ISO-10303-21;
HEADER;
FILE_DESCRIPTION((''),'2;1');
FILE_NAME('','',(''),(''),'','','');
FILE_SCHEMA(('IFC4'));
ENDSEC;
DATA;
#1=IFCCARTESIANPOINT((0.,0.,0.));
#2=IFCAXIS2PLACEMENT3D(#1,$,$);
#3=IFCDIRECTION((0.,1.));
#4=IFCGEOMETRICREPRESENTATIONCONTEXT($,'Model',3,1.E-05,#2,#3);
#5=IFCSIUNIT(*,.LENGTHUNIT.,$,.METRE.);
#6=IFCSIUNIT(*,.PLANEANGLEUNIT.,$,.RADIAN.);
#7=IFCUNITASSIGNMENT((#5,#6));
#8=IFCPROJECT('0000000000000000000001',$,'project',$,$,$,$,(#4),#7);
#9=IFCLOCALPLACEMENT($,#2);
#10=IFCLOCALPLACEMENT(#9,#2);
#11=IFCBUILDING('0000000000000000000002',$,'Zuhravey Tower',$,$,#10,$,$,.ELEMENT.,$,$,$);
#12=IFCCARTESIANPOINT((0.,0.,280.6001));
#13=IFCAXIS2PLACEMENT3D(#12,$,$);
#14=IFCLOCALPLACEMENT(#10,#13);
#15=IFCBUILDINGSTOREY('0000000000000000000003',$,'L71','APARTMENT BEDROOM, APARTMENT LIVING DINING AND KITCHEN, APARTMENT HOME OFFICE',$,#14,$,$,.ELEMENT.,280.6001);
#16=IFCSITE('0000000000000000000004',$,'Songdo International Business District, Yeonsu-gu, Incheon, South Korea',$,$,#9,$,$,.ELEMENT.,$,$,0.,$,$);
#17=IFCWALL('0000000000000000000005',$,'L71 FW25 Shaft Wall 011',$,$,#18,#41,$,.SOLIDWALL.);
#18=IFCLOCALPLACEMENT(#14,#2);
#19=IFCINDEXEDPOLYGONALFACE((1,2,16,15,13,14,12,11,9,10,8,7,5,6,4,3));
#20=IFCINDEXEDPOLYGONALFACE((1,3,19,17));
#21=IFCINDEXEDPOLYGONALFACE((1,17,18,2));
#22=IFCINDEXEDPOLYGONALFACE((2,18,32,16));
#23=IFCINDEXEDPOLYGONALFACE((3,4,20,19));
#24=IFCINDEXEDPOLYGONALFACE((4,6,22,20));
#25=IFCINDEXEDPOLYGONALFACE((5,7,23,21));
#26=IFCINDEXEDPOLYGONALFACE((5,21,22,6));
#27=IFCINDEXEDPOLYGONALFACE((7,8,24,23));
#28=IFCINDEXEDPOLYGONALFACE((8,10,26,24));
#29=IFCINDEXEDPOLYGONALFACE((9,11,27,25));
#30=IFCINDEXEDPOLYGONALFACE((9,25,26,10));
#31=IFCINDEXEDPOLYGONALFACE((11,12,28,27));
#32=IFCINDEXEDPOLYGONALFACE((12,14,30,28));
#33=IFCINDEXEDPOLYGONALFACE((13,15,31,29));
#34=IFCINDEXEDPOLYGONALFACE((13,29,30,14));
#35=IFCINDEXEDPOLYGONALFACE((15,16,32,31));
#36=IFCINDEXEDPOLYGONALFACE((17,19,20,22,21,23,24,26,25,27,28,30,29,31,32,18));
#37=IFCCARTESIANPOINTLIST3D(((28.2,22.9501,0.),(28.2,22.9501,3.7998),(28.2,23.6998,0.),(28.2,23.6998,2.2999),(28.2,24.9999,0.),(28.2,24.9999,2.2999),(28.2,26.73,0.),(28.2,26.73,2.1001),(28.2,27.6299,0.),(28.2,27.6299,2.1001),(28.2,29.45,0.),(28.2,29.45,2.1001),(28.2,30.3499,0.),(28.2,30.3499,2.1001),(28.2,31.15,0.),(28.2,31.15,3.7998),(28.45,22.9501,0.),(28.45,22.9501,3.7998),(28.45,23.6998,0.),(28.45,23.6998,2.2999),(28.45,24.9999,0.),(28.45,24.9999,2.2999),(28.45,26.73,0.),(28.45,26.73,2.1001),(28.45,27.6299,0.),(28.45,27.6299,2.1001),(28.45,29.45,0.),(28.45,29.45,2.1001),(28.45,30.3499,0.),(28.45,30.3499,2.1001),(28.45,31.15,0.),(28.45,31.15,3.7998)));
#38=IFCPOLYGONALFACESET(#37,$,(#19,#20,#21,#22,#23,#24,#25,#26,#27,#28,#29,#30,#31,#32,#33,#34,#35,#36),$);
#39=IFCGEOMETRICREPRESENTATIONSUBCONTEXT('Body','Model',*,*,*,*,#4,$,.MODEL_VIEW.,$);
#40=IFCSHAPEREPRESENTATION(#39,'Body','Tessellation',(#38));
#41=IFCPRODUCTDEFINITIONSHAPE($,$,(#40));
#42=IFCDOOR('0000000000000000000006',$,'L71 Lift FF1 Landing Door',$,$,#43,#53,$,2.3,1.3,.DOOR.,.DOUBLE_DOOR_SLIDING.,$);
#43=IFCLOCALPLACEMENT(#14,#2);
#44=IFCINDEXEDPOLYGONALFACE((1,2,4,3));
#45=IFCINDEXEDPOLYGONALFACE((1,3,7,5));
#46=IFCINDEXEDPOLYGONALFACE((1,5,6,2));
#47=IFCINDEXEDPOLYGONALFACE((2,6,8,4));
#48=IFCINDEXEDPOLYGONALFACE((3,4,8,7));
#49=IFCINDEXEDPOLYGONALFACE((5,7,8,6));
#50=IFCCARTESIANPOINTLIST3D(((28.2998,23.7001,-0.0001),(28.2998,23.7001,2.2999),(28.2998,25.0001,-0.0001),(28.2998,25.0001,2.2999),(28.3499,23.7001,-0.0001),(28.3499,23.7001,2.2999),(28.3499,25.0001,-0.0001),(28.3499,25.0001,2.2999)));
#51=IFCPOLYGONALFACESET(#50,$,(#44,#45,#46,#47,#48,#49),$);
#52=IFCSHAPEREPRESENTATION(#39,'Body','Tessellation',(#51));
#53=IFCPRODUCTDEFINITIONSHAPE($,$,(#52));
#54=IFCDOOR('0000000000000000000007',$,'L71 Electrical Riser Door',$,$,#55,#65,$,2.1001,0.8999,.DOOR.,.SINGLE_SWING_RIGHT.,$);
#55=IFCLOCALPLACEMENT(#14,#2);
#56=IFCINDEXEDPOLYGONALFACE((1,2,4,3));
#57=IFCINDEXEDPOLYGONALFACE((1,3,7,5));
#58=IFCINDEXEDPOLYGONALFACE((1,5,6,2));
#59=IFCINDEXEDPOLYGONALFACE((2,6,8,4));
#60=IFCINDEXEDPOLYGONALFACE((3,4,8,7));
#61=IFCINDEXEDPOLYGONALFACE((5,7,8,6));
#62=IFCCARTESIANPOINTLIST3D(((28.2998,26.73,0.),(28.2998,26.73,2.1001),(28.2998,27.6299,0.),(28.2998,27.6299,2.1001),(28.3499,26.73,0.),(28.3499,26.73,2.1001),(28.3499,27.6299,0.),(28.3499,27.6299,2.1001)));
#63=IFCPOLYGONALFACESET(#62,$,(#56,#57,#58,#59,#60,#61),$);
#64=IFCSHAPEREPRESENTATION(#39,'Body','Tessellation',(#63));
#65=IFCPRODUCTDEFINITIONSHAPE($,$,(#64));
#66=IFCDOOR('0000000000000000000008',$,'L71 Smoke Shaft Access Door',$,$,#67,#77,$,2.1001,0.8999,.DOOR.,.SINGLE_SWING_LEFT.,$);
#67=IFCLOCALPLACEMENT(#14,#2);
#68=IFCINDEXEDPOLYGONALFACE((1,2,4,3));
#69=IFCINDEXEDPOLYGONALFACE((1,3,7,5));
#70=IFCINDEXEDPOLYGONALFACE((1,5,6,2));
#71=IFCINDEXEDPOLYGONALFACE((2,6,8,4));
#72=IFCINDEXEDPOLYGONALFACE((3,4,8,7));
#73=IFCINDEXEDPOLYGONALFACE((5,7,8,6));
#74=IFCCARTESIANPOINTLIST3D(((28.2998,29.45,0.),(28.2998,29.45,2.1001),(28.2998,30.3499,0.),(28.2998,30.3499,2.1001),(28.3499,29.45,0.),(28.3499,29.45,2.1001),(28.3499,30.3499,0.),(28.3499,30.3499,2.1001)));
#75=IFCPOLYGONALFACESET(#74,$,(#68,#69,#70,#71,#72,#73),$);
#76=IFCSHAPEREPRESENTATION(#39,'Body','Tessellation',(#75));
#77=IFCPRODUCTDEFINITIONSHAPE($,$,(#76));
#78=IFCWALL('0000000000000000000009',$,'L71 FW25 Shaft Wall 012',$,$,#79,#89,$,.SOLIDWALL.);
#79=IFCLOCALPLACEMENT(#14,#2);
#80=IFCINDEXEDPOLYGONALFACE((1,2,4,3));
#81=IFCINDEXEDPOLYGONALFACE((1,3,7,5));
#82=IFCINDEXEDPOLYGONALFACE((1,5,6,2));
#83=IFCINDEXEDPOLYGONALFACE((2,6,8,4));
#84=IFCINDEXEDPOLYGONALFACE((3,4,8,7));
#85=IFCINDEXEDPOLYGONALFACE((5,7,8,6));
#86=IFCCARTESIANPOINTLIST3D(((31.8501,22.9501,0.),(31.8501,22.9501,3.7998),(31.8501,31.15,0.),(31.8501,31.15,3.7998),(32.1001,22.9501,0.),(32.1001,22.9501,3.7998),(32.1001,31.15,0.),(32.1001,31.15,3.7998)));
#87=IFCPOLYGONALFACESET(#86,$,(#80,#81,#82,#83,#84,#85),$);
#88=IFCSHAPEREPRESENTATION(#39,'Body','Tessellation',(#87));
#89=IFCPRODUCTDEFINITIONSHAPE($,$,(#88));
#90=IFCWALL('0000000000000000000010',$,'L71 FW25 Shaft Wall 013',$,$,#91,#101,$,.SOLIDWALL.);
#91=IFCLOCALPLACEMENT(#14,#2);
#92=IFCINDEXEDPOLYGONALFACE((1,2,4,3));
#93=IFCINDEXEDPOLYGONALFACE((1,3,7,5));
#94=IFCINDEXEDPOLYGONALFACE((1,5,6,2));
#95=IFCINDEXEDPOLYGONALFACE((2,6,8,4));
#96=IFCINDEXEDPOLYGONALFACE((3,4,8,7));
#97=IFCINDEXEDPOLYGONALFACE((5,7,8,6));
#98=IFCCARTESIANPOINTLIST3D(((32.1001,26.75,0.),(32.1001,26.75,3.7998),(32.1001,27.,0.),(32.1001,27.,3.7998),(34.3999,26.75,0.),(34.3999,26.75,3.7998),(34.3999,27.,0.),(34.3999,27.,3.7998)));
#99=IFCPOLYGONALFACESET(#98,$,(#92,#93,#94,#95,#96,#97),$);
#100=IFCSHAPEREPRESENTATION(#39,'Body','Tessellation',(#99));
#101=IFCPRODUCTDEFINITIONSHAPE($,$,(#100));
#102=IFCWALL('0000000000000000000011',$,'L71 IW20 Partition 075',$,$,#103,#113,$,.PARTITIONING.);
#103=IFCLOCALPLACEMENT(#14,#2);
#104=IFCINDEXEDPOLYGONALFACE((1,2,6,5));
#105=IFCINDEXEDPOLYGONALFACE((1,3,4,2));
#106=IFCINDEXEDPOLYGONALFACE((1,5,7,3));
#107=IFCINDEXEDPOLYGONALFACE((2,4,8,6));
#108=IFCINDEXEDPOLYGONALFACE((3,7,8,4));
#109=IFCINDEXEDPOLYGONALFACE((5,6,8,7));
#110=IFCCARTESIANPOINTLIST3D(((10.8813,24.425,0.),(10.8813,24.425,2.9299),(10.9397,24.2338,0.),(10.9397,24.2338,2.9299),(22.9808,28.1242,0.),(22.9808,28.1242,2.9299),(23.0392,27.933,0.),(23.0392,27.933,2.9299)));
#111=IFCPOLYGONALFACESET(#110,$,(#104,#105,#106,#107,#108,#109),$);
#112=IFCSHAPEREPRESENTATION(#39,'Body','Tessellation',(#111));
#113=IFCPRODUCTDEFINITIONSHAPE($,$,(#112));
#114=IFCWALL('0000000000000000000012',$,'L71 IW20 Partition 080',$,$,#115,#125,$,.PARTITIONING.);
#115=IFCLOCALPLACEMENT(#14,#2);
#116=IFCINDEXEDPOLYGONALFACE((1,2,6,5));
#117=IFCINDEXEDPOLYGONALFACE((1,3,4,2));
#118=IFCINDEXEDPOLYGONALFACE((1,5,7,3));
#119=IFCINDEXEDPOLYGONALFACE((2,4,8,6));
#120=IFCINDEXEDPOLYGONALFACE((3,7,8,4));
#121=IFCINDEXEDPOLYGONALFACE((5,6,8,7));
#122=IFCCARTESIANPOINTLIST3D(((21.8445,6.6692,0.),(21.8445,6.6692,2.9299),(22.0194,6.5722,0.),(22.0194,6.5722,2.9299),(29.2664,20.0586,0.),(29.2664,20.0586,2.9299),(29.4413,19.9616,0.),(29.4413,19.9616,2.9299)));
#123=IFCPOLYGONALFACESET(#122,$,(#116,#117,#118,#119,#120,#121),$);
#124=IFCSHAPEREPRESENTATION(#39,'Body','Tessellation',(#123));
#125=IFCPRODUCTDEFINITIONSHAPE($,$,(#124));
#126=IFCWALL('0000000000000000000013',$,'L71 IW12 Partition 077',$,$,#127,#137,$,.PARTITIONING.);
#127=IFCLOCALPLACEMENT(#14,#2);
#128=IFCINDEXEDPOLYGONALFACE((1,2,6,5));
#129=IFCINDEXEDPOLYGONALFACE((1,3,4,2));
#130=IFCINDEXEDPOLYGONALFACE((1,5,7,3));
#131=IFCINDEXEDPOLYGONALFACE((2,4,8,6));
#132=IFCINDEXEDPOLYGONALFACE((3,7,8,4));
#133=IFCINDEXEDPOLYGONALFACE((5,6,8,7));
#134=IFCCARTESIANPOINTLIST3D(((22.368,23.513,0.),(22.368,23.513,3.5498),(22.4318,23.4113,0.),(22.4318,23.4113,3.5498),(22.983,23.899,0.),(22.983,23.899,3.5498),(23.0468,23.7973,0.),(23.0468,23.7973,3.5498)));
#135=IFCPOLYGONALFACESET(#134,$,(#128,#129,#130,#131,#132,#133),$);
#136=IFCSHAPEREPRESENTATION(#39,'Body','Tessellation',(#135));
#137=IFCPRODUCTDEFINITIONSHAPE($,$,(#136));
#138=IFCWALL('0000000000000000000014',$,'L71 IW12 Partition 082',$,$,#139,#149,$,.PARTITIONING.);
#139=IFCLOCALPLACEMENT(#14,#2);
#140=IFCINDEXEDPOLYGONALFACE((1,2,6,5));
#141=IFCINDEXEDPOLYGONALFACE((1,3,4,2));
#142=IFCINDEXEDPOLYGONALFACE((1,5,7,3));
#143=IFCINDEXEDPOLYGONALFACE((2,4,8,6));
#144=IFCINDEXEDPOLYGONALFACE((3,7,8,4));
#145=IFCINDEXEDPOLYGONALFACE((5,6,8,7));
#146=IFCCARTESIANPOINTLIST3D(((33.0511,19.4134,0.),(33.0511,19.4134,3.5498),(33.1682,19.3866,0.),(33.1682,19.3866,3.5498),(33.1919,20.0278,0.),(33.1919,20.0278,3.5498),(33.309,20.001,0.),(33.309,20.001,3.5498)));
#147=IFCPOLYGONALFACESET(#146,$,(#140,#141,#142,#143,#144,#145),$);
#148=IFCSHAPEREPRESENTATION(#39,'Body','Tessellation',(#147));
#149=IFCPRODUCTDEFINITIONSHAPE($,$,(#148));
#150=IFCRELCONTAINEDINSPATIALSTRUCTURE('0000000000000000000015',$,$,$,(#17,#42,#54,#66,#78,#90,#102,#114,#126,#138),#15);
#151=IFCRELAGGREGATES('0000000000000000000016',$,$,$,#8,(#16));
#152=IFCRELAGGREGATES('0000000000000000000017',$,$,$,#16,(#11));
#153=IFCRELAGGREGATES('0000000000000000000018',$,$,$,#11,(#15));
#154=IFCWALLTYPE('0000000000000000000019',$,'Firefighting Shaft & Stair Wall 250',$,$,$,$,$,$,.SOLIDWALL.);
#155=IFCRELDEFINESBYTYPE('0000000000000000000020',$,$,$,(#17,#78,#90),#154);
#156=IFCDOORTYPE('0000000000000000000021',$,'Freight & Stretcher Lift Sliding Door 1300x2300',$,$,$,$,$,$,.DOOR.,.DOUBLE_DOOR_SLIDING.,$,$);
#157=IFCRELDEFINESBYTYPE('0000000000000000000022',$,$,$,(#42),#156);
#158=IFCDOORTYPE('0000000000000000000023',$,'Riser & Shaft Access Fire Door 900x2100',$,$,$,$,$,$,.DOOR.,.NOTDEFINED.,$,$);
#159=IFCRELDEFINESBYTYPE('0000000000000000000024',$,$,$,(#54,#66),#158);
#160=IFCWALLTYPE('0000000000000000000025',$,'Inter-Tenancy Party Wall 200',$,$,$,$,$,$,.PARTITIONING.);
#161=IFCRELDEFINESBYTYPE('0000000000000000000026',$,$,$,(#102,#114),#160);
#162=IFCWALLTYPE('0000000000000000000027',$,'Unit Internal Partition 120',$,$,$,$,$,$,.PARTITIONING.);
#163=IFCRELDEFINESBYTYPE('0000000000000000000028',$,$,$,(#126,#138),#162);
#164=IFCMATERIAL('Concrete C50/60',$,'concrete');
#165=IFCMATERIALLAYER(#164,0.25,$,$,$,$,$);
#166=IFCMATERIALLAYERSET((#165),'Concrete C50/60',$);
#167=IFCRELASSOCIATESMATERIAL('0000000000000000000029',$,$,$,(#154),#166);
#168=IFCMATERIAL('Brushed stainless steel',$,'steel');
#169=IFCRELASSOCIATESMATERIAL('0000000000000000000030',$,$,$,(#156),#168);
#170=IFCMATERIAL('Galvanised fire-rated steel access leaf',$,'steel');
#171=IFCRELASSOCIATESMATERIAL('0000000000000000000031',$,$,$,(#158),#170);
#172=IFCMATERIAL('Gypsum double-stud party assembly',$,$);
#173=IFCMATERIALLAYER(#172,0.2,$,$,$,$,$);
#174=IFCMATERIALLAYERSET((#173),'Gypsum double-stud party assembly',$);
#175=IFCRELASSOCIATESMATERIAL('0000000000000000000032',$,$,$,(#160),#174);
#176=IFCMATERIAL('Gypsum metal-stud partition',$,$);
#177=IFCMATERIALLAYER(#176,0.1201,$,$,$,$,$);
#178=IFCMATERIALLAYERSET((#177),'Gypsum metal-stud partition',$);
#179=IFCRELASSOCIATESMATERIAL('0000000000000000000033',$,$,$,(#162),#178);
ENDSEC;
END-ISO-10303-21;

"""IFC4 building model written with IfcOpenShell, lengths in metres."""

from ifc_helpers import new_model, si_unit, direction, frame, frame_2d, origin, place, context, subcontext, project, spatial, rectangle, extrude, material, layer, layer_set, type_object, element, fill, save


model = new_model("IFC4")

# Units and contexts
model_context = context("Model", 3, precision=1e-05, world=origin(), true_north=direction((0.0, 1.0)))
body_context = subcontext(model_context, "Body", "Model", "MODEL_VIEW")
ifc_project = project(units=[si_unit("LENGTHUNIT", "METRE"), si_unit("PLANEANGLEUNIT", "RADIAN")], contexts=[model_context])

# Site, building, storey
site_placement = place(None, origin())
site = spatial("IfcSite", under=ifc_project, at=site_placement, Name="Songdo International Business District, Yeonsu-gu, Incheon, South Korea", CompositionType="ELEMENT", RefElevation=0.0)
building_placement = place(site_placement, origin())
building = spatial("IfcBuilding", under=site, at=building_placement, Name="Zuhravey Tower", CompositionType="ELEMENT")
storey_placement = place(building_placement, frame((0.0, 0.0, 280.6001)))
storey = spatial("IfcBuildingStorey", under=building, at=storey_placement, Name="L71", Description="APARTMENT BEDROOM, APARTMENT LIVING DINING AND KITCHEN, APARTMENT HOME OFFICE", CompositionType="ELEMENT", Elevation=280.6001)

# Shared definitions
ifc_material_1 = material(Name="Concrete C50/60", Category="concrete")

# Shared definitions
ifc_layer_1 = layer(ifc_material_1, 0.25)
ifc_layer_set_1 = layer_set([ifc_layer_1], Name="Concrete C50/60")
wall_type_1 = type_object("IfcWallType", Name="Firefighting Shaft & Stair Wall 250", PredefinedType="SOLIDWALL", material=ifc_layer_set_1)

# Wall, openings, doors
wall_1_placement = place(storey_placement, frame((28.325, 22.95, 0.0), z_axis=(0.0, 0.0, 1.0), x_axis=(0.0, 1.0, 0.0)))
wall_1 = element("IfcWall", 1, at=wall_1_placement, inside=storey, type_object=wall_type_1, Name="L71 FW25 Shaft Wall 011", PredefinedType="SOLIDWALL", context=body_context, shape_type="SweptSolid", body=[
    extrude(rectangle(XDim=8.2, YDim=0.25, at=frame_2d((4.1001, 0.0))), origin(), (0.0, 0.0, 1.0), 3.7998),
])
opening_1_placement = place(wall_1_placement, frame((0.75, 0.0, 0.0)))
opening_1 = element("IfcOpeningElement", 2, at=opening_1_placement, cuts=wall_1, PredefinedType="OPENING", context=body_context, shape_type="SweptSolid", body=[
    extrude(rectangle(XDim=1.3, YDim=2.3, at=frame_2d((0.6499, 1.1499))), frame((0.0, 0.137, 0.0), z_axis=(0.0, -1.0, 0.0), x_axis=(1.0, 0.0, 0.0)), (0.0, 0.0, 1.0), 0.2739),
])
opening_2_placement = place(wall_1_placement, frame((3.78, 0.0, 0.0)))
opening_2 = element("IfcOpeningElement", 3, at=opening_2_placement, cuts=wall_1, PredefinedType="OPENING", context=body_context, shape_type="SweptSolid", body=[
    extrude(rectangle(XDim=0.8999, YDim=2.1001, at=frame_2d((0.45, 1.05))), frame((0.0, 0.137, 0.0), z_axis=(0.0, -1.0, 0.0), x_axis=(1.0, 0.0, 0.0)), (0.0, 0.0, 1.0), 0.2739),
])
opening_3_placement = place(wall_1_placement, frame((6.5, 0.0, 0.0)))
opening_3 = element("IfcOpeningElement", 4, at=opening_3_placement, cuts=wall_1, PredefinedType="OPENING", context=body_context, shape_type="SweptSolid", body=[
    extrude(rectangle(XDim=0.8999, YDim=2.1001, at=frame_2d((0.45, 1.05))), frame((0.0, 0.137, 0.0), z_axis=(0.0, -1.0, 0.0), x_axis=(1.0, 0.0, 0.0)), (0.0, 0.0, 1.0), 0.2739),
])
ifc_material_2 = material(Name="Brushed stainless steel", Category="steel")
door_type_1 = type_object("IfcDoorType", Name="Freight & Stretcher Lift Sliding Door 1300x2300", OperationType="DOUBLE_DOOR_SLIDING", PredefinedType="DOOR", material=ifc_material_2)
door_1_placement = place(opening_1_placement, frame((1.3, 0.0, 0.0), z_axis=(0.0, 0.0, 1.0), x_axis=(-1.0, 0.0, 0.0)))
door_1 = element("IfcDoor", 5, at=door_1_placement, inside=storey, type_object=door_type_1, Name="L71 Lift FF1 Landing Door", OperationType="DOUBLE_DOOR_SLIDING", OverallHeight=2.3, OverallWidth=1.3, PredefinedType="DOOR", context=body_context, shape_type="SweptSolid", body=[
    extrude(rectangle(XDim=1.3, YDim=2.3, at=frame_2d((0.6499, 1.1499))), frame((0.0, 0.0249, 0.0), z_axis=(0.0, -1.0, 0.0), x_axis=(1.0, 0.0, 0.0)), (0.0, 0.0, 1.0), 0.05),
])
fill(opening_1, door_1)
ifc_material_3 = material(Name="Galvanised fire-rated steel access leaf", Category="steel")
door_type_2 = type_object("IfcDoorType", Name="Riser & Shaft Access Fire Door 900x2100", OperationType="NOTDEFINED", PredefinedType="DOOR", material=ifc_material_3)
door_2_placement = place(opening_2_placement, frame((0.8999, 0.0, 0.0), z_axis=(0.0, 0.0, 1.0), x_axis=(-1.0, 0.0, 0.0)))
door_2 = element("IfcDoor", 6, at=door_2_placement, inside=storey, type_object=door_type_2, Name="L71 Electrical Riser Door", OperationType="SINGLE_SWING_RIGHT", OverallHeight=2.1001, OverallWidth=0.8999, PredefinedType="DOOR", context=body_context, shape_type="SweptSolid", body=[
    extrude(rectangle(XDim=0.8999, YDim=2.1001, at=frame_2d((0.45, 1.05))), frame((0.0, 0.0249, 0.0), z_axis=(0.0, -1.0, 0.0), x_axis=(1.0, 0.0, 0.0)), (0.0, 0.0, 1.0), 0.05),
])
fill(opening_2, door_2)
door_3_placement = place(opening_3_placement, frame((0.8999, 0.0, 0.0), z_axis=(0.0, 0.0, 1.0), x_axis=(-1.0, 0.0, 0.0)))
door_3 = element("IfcDoor", 7, at=door_3_placement, inside=storey, type_object=door_type_2, Name="L71 Smoke Shaft Access Door", OperationType="SINGLE_SWING_LEFT", OverallHeight=2.1001, OverallWidth=0.8999, PredefinedType="DOOR", context=body_context, shape_type="SweptSolid", body=[
    extrude(rectangle(XDim=0.8999, YDim=2.1001, at=frame_2d((0.45, 1.05))), frame((0.0, 0.0249, 0.0), z_axis=(0.0, -1.0, 0.0), x_axis=(1.0, 0.0, 0.0)), (0.0, 0.0, 1.0), 0.05),
])
fill(opening_3, door_3)

# Walls
wall_2_placement = place(storey_placement, frame((31.9751, 22.95, 0.0), z_axis=(0.0, 0.0, 1.0), x_axis=(0.0, 1.0, 0.0)))
element("IfcWall", 8, at=wall_2_placement, inside=storey, type_object=wall_type_1, Name="L71 FW25 Shaft Wall 012", PredefinedType="SOLIDWALL", context=body_context, shape_type="SweptSolid", body=[
    extrude(rectangle(XDim=8.2, YDim=0.25, at=frame_2d((4.1001, 0.0))), origin(), (0.0, 0.0, 1.0), 3.7998),
])
wall_3_placement = place(storey_placement, frame((32.1001, 26.875, 0.0), z_axis=(0.0, 0.0, 1.0), x_axis=(1.0, 0.0, 0.0)))
element("IfcWall", 9, at=wall_3_placement, inside=storey, type_object=wall_type_1, Name="L71 FW25 Shaft Wall 013", PredefinedType="SOLIDWALL", context=body_context, shape_type="SweptSolid", body=[
    extrude(rectangle(XDim=2.2998, YDim=0.25, at=frame_2d((1.1499, 0.0))), origin(), (0.0, 0.0, 1.0), 3.7998),
])
ifc_material_4 = material(Name="Gypsum double-stud party assembly")
ifc_layer_2 = layer(ifc_material_4, 0.2)
ifc_layer_set_2 = layer_set([ifc_layer_2], Name="Gypsum double-stud party assembly")
wall_type_2 = type_object("IfcWallType", Name="Inter-Tenancy Party Wall 200", PredefinedType="PARTITIONING", material=ifc_layer_set_2)
wall_4_placement = place(storey_placement, frame((23.01, 28.0286, 0.0), z_axis=(0.0, 0.0, 1.0), x_axis=(-0.956305, -0.292371, 0.0)))
element("IfcWall", 10, at=wall_4_placement, inside=storey, type_object=wall_type_2, Name="L71 IW20 Partition 075", PredefinedType="PARTITIONING", context=body_context, shape_type="SweptSolid", body=[
    extrude(rectangle(XDim=12.6523, YDim=0.2, at=frame_2d((6.3262, 0.0))), origin(), (0.0, 0.0, 1.0), 2.9299),
])
wall_5_placement = place(storey_placement, frame((29.3538, 20.01, 0.0), z_axis=(0.0, 0.0, 1.0), x_axis=(-0.48481, -0.87462, 0.0)))
element("IfcWall", 11, at=wall_5_placement, inside=storey, type_object=wall_type_2, Name="L71 IW20 Partition 080", PredefinedType="PARTITIONING", context=body_context, shape_type="SweptSolid", body=[
    extrude(rectangle(XDim=15.3088, YDim=0.2, at=frame_2d((7.6543, 0.0))), origin(), (0.0, 0.0, 1.0), 2.9299),
])
ifc_material_5 = material(Name="Gypsum metal-stud partition")
ifc_layer_3 = layer(ifc_material_5, 0.1201)
ifc_layer_set_3 = layer_set([ifc_layer_3], Name="Gypsum metal-stud partition")
wall_type_3 = type_object("IfcWallType", Name="Unit Internal Partition 120", PredefinedType="PARTITIONING", material=ifc_layer_set_3)
wall_6_placement = place(storey_placement, frame((23.0149, 23.8481, 0.0), z_axis=(0.0, 0.0, 1.0), x_axis=(-0.846996, -0.5316, 0.0)))
element("IfcWall", 12, at=wall_6_placement, inside=storey, type_object=wall_type_3, Name="L71 IW12 Partition 077", PredefinedType="PARTITIONING", context=body_context, shape_type="SweptSolid", body=[
    extrude(rectangle(XDim=0.7261, YDim=0.1201, at=frame_2d((0.363, 0.0))), origin(), (0.0, 0.0, 1.0), 3.5498),
])
wall_7_placement = place(storey_placement, frame((33.2505, 20.0144, 0.0), z_axis=(0.0, 0.0, 1.0), x_axis=(-0.223445, -0.974717, 0.0)))
element("IfcWall", 13, at=wall_7_placement, inside=storey, type_object=wall_type_3, Name="L71 IW12 Partition 082", PredefinedType="PARTITIONING", context=body_context, shape_type="SweptSolid", body=[
    extrude(rectangle(XDim=0.6304, YDim=0.1201, at=frame_2d((0.3152, 0.0))), origin(), (0.0, 0.0, 1.0), 3.5498),
])

save(model, "model.ifc")
